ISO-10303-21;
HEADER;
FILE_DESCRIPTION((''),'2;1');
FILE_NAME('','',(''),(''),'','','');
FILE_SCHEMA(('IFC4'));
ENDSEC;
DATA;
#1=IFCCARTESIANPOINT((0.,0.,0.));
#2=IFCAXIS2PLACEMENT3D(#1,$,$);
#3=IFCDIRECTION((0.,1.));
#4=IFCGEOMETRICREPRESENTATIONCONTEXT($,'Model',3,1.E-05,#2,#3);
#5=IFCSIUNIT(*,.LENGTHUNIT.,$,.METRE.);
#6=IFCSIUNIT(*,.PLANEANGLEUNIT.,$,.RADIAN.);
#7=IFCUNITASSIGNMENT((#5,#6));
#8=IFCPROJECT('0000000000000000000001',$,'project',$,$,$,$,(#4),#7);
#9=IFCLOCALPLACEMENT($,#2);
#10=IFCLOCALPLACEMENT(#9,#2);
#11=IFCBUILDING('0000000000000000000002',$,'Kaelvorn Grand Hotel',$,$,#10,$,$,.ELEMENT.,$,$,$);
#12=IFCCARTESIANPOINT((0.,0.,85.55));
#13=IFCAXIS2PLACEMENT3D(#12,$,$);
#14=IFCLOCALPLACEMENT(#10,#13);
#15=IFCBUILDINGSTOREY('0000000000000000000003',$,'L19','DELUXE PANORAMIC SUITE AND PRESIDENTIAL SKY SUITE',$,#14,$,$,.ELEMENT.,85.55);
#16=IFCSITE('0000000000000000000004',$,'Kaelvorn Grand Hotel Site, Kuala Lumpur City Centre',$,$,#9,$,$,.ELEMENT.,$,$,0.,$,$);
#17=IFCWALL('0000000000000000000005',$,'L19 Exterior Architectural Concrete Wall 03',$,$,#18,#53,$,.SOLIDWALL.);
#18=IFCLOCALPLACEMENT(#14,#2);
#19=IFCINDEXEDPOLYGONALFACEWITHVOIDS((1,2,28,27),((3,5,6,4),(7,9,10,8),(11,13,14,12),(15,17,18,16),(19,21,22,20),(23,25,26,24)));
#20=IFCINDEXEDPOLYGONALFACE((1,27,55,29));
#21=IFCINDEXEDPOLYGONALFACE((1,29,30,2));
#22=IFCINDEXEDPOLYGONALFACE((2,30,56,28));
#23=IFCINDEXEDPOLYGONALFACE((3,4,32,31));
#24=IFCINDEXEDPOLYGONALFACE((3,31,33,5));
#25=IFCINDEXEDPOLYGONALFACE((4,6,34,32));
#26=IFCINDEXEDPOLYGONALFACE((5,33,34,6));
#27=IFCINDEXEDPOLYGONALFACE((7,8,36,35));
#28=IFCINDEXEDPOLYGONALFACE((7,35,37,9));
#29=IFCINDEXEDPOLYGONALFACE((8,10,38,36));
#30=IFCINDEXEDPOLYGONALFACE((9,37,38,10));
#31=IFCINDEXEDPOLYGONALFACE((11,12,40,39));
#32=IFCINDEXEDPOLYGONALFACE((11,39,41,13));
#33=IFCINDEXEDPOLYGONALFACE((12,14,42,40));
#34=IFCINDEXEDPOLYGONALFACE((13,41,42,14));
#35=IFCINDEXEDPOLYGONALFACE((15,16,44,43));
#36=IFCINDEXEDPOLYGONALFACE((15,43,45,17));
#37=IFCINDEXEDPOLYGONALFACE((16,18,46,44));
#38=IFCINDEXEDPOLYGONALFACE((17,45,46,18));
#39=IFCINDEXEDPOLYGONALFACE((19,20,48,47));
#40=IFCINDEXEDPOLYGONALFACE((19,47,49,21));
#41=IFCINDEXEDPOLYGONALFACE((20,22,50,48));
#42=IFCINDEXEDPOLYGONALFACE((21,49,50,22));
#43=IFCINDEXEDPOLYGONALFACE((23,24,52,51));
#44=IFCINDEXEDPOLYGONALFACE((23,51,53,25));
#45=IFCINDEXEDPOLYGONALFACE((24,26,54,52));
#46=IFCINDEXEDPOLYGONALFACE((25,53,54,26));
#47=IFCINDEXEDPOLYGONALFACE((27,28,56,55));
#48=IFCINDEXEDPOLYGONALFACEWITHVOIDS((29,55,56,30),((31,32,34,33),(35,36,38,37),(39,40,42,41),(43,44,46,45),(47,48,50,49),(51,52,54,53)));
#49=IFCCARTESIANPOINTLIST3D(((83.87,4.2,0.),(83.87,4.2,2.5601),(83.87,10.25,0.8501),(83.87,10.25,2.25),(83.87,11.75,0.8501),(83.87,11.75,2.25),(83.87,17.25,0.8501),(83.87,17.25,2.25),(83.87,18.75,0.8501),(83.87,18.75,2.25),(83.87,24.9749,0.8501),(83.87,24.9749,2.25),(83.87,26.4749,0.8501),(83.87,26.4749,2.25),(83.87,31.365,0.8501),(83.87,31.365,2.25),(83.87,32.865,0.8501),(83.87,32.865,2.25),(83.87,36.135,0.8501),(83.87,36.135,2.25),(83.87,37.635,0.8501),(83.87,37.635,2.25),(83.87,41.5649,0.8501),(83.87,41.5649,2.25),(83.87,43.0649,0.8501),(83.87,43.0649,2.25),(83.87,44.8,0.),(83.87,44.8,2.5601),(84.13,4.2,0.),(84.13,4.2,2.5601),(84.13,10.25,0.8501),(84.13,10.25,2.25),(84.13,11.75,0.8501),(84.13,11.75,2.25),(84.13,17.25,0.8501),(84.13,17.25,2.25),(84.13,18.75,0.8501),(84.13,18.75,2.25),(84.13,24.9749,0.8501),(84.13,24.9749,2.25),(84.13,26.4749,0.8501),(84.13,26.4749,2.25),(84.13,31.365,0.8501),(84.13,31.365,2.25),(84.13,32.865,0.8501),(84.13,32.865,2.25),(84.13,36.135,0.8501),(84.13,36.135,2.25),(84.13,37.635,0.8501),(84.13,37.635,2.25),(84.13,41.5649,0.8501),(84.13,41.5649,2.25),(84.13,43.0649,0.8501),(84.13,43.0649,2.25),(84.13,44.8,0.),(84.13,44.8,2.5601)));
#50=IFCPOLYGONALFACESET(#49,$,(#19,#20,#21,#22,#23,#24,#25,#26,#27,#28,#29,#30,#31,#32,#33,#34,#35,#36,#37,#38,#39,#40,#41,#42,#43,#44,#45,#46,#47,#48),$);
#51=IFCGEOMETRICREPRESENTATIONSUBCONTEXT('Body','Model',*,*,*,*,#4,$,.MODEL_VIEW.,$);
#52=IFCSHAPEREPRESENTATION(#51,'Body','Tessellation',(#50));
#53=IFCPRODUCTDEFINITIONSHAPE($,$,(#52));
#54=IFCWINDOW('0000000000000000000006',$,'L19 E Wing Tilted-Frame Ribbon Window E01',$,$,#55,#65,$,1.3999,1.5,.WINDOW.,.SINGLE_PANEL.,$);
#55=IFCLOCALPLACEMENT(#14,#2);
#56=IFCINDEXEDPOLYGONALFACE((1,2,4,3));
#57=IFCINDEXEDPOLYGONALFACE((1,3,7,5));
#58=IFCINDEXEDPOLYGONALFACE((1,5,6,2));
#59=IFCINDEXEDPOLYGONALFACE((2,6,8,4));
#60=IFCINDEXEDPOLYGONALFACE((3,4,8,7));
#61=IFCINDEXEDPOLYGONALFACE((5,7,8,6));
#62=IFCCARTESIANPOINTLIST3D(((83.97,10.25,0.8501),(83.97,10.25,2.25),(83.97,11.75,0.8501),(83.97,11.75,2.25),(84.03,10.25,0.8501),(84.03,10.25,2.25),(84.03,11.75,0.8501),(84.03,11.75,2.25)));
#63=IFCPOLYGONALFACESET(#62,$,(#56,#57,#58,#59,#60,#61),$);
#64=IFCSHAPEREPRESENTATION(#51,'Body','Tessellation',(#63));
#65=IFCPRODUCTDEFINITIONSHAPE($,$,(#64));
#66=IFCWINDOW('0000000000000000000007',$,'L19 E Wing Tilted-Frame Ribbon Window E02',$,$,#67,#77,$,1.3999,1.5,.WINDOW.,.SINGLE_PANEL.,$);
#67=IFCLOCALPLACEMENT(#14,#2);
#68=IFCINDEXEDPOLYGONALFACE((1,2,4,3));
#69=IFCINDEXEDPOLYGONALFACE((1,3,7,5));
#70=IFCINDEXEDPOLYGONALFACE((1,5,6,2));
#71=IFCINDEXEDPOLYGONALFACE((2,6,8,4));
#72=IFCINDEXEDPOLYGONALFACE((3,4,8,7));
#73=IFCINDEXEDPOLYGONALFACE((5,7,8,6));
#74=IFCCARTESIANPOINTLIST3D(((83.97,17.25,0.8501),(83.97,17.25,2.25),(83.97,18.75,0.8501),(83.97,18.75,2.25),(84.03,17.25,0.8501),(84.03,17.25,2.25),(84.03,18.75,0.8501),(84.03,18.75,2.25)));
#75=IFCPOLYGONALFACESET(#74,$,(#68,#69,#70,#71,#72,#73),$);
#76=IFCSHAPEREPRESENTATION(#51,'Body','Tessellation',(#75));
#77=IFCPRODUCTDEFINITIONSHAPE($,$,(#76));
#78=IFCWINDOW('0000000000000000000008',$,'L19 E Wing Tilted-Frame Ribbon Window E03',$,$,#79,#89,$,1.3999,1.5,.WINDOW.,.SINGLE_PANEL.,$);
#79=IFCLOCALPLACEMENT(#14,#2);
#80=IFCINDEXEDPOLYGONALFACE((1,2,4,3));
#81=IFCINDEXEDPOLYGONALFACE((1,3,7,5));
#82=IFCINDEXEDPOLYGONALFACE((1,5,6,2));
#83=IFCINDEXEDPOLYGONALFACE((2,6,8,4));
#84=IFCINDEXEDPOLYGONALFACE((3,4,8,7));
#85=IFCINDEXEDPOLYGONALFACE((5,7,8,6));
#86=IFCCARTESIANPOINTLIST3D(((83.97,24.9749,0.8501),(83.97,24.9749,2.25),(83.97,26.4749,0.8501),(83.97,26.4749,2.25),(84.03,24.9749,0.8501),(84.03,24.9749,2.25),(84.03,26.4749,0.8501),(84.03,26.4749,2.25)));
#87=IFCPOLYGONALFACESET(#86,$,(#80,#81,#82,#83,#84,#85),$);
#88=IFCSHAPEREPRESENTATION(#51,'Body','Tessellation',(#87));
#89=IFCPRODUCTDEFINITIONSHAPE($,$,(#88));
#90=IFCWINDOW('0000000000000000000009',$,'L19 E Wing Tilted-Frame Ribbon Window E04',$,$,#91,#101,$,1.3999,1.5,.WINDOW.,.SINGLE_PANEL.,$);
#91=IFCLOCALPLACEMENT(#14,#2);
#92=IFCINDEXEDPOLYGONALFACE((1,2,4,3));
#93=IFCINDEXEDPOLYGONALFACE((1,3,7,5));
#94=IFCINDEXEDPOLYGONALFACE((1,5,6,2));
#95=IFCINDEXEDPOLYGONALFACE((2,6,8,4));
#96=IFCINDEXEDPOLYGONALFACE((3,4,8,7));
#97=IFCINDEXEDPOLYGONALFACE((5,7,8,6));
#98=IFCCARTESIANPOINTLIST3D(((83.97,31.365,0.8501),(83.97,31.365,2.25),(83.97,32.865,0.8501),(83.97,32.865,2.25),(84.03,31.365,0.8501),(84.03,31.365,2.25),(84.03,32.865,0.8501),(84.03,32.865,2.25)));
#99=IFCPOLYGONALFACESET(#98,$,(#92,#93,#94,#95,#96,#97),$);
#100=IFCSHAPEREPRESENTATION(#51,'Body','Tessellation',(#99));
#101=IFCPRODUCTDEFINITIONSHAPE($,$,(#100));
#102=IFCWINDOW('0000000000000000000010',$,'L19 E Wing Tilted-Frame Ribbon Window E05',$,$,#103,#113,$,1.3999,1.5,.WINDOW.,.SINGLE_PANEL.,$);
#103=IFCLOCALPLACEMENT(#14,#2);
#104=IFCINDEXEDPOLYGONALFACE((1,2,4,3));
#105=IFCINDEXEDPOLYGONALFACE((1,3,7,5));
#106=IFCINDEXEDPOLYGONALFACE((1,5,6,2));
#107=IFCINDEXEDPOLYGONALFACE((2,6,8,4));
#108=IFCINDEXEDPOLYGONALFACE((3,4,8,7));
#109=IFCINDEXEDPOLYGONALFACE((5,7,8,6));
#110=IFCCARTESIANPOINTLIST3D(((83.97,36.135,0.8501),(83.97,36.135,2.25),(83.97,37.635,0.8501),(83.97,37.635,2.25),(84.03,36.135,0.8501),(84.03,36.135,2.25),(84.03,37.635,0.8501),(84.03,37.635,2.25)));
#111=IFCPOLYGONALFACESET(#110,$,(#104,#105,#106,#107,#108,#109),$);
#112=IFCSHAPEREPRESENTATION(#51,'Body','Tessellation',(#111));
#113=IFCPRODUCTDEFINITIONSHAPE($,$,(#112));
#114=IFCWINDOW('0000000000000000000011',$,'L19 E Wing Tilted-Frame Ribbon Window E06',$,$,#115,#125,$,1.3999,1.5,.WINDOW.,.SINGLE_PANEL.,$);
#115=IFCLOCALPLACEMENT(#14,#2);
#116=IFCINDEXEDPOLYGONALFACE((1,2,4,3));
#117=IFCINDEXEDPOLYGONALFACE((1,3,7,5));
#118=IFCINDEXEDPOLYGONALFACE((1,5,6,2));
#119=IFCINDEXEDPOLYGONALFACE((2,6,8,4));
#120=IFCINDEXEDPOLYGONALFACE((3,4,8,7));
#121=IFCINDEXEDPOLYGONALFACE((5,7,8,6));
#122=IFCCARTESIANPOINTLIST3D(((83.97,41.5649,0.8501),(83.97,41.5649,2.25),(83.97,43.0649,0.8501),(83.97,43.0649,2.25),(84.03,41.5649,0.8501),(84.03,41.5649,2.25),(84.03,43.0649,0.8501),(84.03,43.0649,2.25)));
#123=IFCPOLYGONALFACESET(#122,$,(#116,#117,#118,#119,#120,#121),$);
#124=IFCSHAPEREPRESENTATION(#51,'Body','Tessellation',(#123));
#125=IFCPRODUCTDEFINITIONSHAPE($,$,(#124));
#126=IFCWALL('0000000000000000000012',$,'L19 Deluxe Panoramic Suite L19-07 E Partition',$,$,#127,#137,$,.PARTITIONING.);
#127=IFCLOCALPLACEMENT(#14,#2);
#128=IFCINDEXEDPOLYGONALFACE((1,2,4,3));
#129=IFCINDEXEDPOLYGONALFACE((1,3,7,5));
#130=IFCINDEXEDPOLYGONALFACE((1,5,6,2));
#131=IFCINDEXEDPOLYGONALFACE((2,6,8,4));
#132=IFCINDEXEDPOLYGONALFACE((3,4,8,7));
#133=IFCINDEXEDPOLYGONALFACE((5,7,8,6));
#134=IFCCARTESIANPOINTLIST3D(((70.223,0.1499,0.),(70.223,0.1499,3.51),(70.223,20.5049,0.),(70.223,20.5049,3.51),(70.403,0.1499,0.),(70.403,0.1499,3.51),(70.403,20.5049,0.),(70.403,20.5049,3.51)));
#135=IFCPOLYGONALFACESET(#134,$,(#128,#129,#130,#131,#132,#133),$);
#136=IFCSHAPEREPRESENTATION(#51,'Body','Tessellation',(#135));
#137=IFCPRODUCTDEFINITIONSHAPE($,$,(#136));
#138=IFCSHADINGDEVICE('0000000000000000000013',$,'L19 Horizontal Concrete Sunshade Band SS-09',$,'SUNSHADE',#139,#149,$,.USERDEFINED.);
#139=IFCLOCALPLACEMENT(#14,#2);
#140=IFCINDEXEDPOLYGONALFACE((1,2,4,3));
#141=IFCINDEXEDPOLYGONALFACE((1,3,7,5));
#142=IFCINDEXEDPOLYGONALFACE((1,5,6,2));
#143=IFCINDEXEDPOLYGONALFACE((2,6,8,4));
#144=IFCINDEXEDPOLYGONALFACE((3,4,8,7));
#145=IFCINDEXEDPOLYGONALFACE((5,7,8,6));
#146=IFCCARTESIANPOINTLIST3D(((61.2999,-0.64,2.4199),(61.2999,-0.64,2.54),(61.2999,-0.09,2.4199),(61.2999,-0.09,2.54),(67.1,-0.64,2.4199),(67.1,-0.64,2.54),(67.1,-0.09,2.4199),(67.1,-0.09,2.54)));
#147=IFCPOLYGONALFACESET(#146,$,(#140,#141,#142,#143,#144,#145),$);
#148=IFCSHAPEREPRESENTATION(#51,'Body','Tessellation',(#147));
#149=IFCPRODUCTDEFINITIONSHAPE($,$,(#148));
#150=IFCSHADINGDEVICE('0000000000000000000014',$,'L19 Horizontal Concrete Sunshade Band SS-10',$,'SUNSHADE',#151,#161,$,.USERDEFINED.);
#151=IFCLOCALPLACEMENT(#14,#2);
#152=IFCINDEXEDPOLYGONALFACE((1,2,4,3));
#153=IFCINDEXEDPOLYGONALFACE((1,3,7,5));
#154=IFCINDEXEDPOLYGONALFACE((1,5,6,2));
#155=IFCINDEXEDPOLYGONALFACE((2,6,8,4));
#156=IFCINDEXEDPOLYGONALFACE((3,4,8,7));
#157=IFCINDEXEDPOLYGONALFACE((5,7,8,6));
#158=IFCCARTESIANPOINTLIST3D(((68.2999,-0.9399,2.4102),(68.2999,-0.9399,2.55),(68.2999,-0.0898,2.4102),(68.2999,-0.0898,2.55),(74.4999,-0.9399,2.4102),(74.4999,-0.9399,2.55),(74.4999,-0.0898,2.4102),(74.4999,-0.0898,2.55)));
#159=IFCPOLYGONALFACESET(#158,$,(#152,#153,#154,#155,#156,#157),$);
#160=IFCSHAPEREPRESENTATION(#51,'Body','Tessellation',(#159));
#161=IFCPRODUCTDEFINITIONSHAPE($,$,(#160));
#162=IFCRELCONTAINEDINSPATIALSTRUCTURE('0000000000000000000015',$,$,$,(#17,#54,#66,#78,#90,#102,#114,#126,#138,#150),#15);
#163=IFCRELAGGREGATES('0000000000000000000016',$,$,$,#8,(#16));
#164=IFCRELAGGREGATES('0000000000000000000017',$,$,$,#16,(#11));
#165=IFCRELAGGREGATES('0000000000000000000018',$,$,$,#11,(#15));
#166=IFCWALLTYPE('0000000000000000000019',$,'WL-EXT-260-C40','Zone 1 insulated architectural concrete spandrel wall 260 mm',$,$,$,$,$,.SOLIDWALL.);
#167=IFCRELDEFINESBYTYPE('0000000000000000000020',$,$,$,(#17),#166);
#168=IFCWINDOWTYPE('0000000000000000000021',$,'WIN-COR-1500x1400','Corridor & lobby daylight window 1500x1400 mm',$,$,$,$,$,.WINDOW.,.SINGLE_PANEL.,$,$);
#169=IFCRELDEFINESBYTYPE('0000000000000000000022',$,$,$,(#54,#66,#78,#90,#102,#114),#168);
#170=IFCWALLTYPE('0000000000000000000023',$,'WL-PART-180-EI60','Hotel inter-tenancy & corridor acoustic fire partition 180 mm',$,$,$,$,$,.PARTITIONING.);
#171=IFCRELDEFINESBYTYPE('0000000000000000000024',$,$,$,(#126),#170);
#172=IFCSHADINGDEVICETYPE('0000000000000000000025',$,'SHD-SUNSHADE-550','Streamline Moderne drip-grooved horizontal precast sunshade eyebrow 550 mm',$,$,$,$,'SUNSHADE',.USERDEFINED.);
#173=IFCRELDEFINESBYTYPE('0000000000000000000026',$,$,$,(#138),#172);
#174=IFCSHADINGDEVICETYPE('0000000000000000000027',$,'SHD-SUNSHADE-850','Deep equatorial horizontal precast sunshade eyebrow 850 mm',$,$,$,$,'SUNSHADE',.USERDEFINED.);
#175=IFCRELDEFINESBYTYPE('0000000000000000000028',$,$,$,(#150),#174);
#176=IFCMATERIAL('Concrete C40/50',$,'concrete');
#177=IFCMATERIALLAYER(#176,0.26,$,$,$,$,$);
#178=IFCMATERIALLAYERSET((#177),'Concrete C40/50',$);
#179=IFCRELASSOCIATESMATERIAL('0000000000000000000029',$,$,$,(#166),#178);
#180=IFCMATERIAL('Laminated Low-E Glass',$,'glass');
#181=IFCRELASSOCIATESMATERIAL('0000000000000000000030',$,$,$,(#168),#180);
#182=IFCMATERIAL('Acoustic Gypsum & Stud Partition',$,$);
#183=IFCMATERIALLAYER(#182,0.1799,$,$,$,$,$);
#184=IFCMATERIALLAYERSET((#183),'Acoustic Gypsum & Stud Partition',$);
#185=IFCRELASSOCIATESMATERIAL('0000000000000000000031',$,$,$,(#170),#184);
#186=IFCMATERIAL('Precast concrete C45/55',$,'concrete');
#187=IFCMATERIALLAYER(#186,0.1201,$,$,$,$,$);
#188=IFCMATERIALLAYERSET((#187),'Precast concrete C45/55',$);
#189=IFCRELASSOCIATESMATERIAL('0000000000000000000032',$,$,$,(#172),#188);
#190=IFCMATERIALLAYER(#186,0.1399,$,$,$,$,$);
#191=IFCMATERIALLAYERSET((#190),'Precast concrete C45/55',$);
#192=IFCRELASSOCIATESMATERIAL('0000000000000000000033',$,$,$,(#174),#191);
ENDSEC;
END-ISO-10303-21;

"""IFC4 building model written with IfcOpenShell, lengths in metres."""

from ifc_helpers import new_model, si_unit, direction, frame, frame_2d, origin, origin_2d, place, context, subcontext, project, spatial, rectangle, extrude, material, layer, layer_set, type_object, element, fill, save


model = new_model("IFC4")

# Units and contexts
model_context = context("Model", 3, precision=1e-05, world=origin(), true_north=direction((0.0, 1.0)))
body_context = subcontext(model_context, "Body", "Model", "MODEL_VIEW")
ifc_project = project(units=[si_unit("LENGTHUNIT", "METRE"), si_unit("PLANEANGLEUNIT", "RADIAN")], contexts=[model_context])

# Site, building, storey
site_placement = place(None, origin())
site = spatial("IfcSite", under=ifc_project, at=site_placement, Name="Kaelvorn Grand Hotel Site, Kuala Lumpur City Centre", CompositionType="ELEMENT", RefElevation=0.0)
building_placement = place(site_placement, origin())
building = spatial("IfcBuilding", under=site, at=building_placement, Name="Kaelvorn Grand Hotel", CompositionType="ELEMENT")
storey_placement = place(building_placement, frame((0.0, 0.0, 85.55)))
storey = spatial("IfcBuildingStorey", under=building, at=storey_placement, Name="L19", Description="DELUXE PANORAMIC SUITE AND PRESIDENTIAL SKY SUITE", CompositionType="ELEMENT", Elevation=85.55)

# Shared definitions
ifc_material_1 = material(Name="Concrete C40/50", Category="concrete")

# Shared definitions
ifc_material_2 = material(Name="Precast concrete C45/55", Category="concrete")

# Shared definitions
ifc_layer_1 = layer(ifc_material_1, 0.26)
ifc_layer_set_1 = layer_set([ifc_layer_1], Name="Concrete C40/50")
wall_type_1 = type_object("IfcWallType", Name="WL-EXT-260-C40", Description="Zone 1 insulated architectural concrete spandrel wall 260 mm", PredefinedType="SOLIDWALL", material=ifc_layer_set_1)

# Wall, openings, windows
wall_1_placement = place(storey_placement, frame((84.0, 4.2, 0.0), z_axis=(0.0, 0.0, 1.0), x_axis=(0.0, 1.0, 0.0)))
wall_1 = element("IfcWall", 1, at=wall_1_placement, inside=storey, type_object=wall_type_1, Name="L19 Exterior Architectural Concrete Wall 03", PredefinedType="SOLIDWALL", context=body_context, shape_type="SweptSolid", body=[
    extrude(rectangle(XDim=40.6001, YDim=0.26, at=frame_2d((20.3, 0.0))), origin(), (0.0, 0.0, 1.0), 2.5601),
])
opening_1_placement = place(wall_1_placement, frame((6.05, 0.0, 0.8501)))
opening_1 = element("IfcOpeningElement", 2, at=opening_1_placement, cuts=wall_1, PredefinedType="OPENING", context=body_context, shape_type="SweptSolid", body=[
    extrude(rectangle(XDim=1.5, YDim=1.3999, at=frame_2d((0.75, 0.7))), frame((0.0, 0.1401, 0.0), z_axis=(0.0, -1.0, 0.0), x_axis=(1.0, 0.0, 0.0)), (0.0, 0.0, 1.0), 0.28),
])
opening_2_placement = place(wall_1_placement, frame((13.05, 0.0, 0.8501)))
opening_2 = element("IfcOpeningElement", 3, at=opening_2_placement, cuts=wall_1, PredefinedType="OPENING", context=body_context, shape_type="SweptSolid", body=[
    extrude(rectangle(XDim=1.5, YDim=1.3999, at=frame_2d((0.75, 0.7))), frame((0.0, 0.1401, 0.0), z_axis=(0.0, -1.0, 0.0), x_axis=(1.0, 0.0, 0.0)), (0.0, 0.0, 1.0), 0.28),
])
opening_3_placement = place(wall_1_placement, frame((20.7749, 0.0, 0.8501)))
opening_3 = element("IfcOpeningElement", 4, at=opening_3_placement, cuts=wall_1, PredefinedType="OPENING", context=body_context, shape_type="SweptSolid", body=[
    extrude(rectangle(XDim=1.5, YDim=1.3999, at=frame_2d((0.75, 0.7))), frame((0.0, 0.1401, 0.0), z_axis=(0.0, -1.0, 0.0), x_axis=(1.0, 0.0, 0.0)), (0.0, 0.0, 1.0), 0.28),
])
opening_4_placement = place(wall_1_placement, frame((27.165, 0.0, 0.8501)))
opening_4 = element("IfcOpeningElement", 5, at=opening_4_placement, cuts=wall_1, PredefinedType="OPENING", context=body_context, shape_type="SweptSolid", body=[
    extrude(rectangle(XDim=1.5, YDim=1.3999, at=frame_2d((0.75, 0.7))), frame((0.0, 0.1401, 0.0), z_axis=(0.0, -1.0, 0.0), x_axis=(1.0, 0.0, 0.0)), (0.0, 0.0, 1.0), 0.28),
])
opening_5_placement = place(wall_1_placement, frame((31.9351, 0.0, 0.8501)))
opening_5 = element("IfcOpeningElement", 6, at=opening_5_placement, cuts=wall_1, PredefinedType="OPENING", context=body_context, shape_type="SweptSolid", body=[
    extrude(rectangle(XDim=1.5, YDim=1.3999, at=frame_2d((0.75, 0.7))), frame((0.0, 0.1401, 0.0), z_axis=(0.0, -1.0, 0.0), x_axis=(1.0, 0.0, 0.0)), (0.0, 0.0, 1.0), 0.28),
])
opening_6_placement = place(wall_1_placement, frame((37.365, 0.0, 0.8501)))
opening_6 = element("IfcOpeningElement", 7, at=opening_6_placement, cuts=wall_1, PredefinedType="OPENING", context=body_context, shape_type="SweptSolid", body=[
    extrude(rectangle(XDim=1.5, YDim=1.3999, at=frame_2d((0.75, 0.7))), frame((0.0, 0.1401, 0.0), z_axis=(0.0, -1.0, 0.0), x_axis=(1.0, 0.0, 0.0)), (0.0, 0.0, 1.0), 0.28),
])
ifc_material_3 = material(Name="Laminated Low-E Glass", Category="glass")
window_type = type_object("IfcWindowType", Name="WIN-COR-1500x1400", Description="Corridor & lobby daylight window 1500x1400 mm", PartitioningType="SINGLE_PANEL", PredefinedType="WINDOW", material=ifc_material_3)
window_1_placement = place(opening_1_placement, origin())
window_1 = element("IfcWindow", 8, at=window_1_placement, inside=storey, type_object=window_type, Name="L19 E Wing Tilted-Frame Ribbon Window E01", OverallHeight=1.3999, OverallWidth=1.5, PartitioningType="SINGLE_PANEL", PredefinedType="WINDOW", context=body_context, shape_type="SweptSolid", body=[
    extrude(rectangle(XDim=1.5, YDim=1.3999, at=frame_2d((0.75, 0.7))), frame((0.0, 0.03, 0.0), z_axis=(0.0, -1.0, 0.0), x_axis=(1.0, 0.0, 0.0)), (0.0, 0.0, 1.0), 0.0601),
])
fill(opening_1, window_1)
window_2_placement = place(opening_2_placement, origin())
window_2 = element("IfcWindow", 9, at=window_2_placement, inside=storey, type_object=window_type, Name="L19 E Wing Tilted-Frame Ribbon Window E02", OverallHeight=1.3999, OverallWidth=1.5, PartitioningType="SINGLE_PANEL", PredefinedType="WINDOW", context=body_context, shape_type="SweptSolid", body=[
    extrude(rectangle(XDim=1.5, YDim=1.3999, at=frame_2d((0.75, 0.7))), frame((0.0, 0.03, 0.0), z_axis=(0.0, -1.0, 0.0), x_axis=(1.0, 0.0, 0.0)), (0.0, 0.0, 1.0), 0.0601),
])
fill(opening_2, window_2)
window_3_placement = place(opening_3_placement, origin())
window_3 = element("IfcWindow", 10, at=window_3_placement, inside=storey, type_object=window_type, Name="L19 E Wing Tilted-Frame Ribbon Window E03", OverallHeight=1.3999, OverallWidth=1.5, PartitioningType="SINGLE_PANEL", PredefinedType="WINDOW", context=body_context, shape_type="SweptSolid", body=[
    extrude(rectangle(XDim=1.5, YDim=1.3999, at=frame_2d((0.75, 0.7))), frame((0.0, 0.03, 0.0), z_axis=(0.0, -1.0, 0.0), x_axis=(1.0, 0.0, 0.0)), (0.0, 0.0, 1.0), 0.0601),
])
fill(opening_3, window_3)
window_4_placement = place(opening_4_placement, origin())
window_4 = element("IfcWindow", 11, at=window_4_placement, inside=storey, type_object=window_type, Name="L19 E Wing Tilted-Frame Ribbon Window E04", OverallHeight=1.3999, OverallWidth=1.5, PartitioningType="SINGLE_PANEL", PredefinedType="WINDOW", context=body_context, shape_type="SweptSolid", body=[
    extrude(rectangle(XDim=1.5, YDim=1.3999, at=frame_2d((0.75, 0.7))), frame((0.0, 0.03, 0.0), z_axis=(0.0, -1.0, 0.0), x_axis=(1.0, 0.0, 0.0)), (0.0, 0.0, 1.0), 0.0601),
])
fill(opening_4, window_4)
window_5_placement = place(opening_5_placement, origin())
window_5 = element("IfcWindow", 12, at=window_5_placement, inside=storey, type_object=window_type, Name="L19 E Wing Tilted-Frame Ribbon Window E05", OverallHeight=1.3999, OverallWidth=1.5, PartitioningType="SINGLE_PANEL", PredefinedType="WINDOW", context=body_context, shape_type="SweptSolid", body=[
    extrude(rectangle(XDim=1.5, YDim=1.3999, at=frame_2d((0.75, 0.7))), frame((0.0, 0.03, 0.0), z_axis=(0.0, -1.0, 0.0), x_axis=(1.0, 0.0, 0.0)), (0.0, 0.0, 1.0), 0.0601),
])
fill(opening_5, window_5)
window_6_placement = place(opening_6_placement, origin())
window_6 = element("IfcWindow", 13, at=window_6_placement, inside=storey, type_object=window_type, Name="L19 E Wing Tilted-Frame Ribbon Window E06", OverallHeight=1.3999, OverallWidth=1.5, PartitioningType="SINGLE_PANEL", PredefinedType="WINDOW", context=body_context, shape_type="SweptSolid", body=[
    extrude(rectangle(XDim=1.5, YDim=1.3999, at=frame_2d((0.75, 0.7))), frame((0.0, 0.03, 0.0), z_axis=(0.0, -1.0, 0.0), x_axis=(1.0, 0.0, 0.0)), (0.0, 0.0, 1.0), 0.0601),
])
fill(opening_6, window_6)

# Wall
ifc_material_4 = material(Name="Acoustic Gypsum & Stud Partition")
ifc_layer_2 = layer(ifc_material_4, 0.1799)
ifc_layer_set_2 = layer_set([ifc_layer_2], Name="Acoustic Gypsum & Stud Partition")
wall_type_2 = type_object("IfcWallType", Name="WL-PART-180-EI60", Description="Hotel inter-tenancy & corridor acoustic fire partition 180 mm", PredefinedType="PARTITIONING", material=ifc_layer_set_2)
wall_2_placement = place(storey_placement, frame((70.313, 0.1499, 0.0), z_axis=(0.0, 0.0, 1.0), x_axis=(0.0, 1.0, 0.0)))
element("IfcWall", 14, at=wall_2_placement, inside=storey, type_object=wall_type_2, Name="L19 Deluxe Panoramic Suite L19-07 E Partition", PredefinedType="PARTITIONING", context=body_context, shape_type="SweptSolid", body=[
    extrude(rectangle(XDim=20.355, YDim=0.1799, at=frame_2d((10.1775, 0.0))), origin(), (0.0, 0.0, 1.0), 3.51),
])

# Shading devices
ifc_layer_3 = layer(ifc_material_2, 0.1201)
ifc_layer_set_3 = layer_set([ifc_layer_3], Name="Precast concrete C45/55")
shading_device_type_1 = type_object("IfcShadingDeviceType", Name="SHD-SUNSHADE-550", Description="Streamline Moderne drip-grooved horizontal precast sunshade eyebrow 550 mm", ElementType="SUNSHADE", PredefinedType="USERDEFINED", material=ifc_layer_set_3)
shading_device_1_placement = place(storey_placement, frame((64.2, -0.365, 2.4199), z_axis=(0.0, 0.0, 1.0), x_axis=(1.0, 0.0, 0.0)))
element("IfcShadingDevice", 15, at=shading_device_1_placement, inside=storey, type_object=shading_device_type_1, Name="L19 Horizontal Concrete Sunshade Band SS-09", ObjectType="SUNSHADE", PredefinedType="USERDEFINED", context=body_context, shape_type="SweptSolid", body=[
    extrude(rectangle(XDim=5.8, YDim=0.55, at=origin_2d()), origin(), (0.0, 0.0, 1.0), 0.1201),
])
ifc_layer_4 = layer(ifc_material_2, 0.1399)
ifc_layer_set_4 = layer_set([ifc_layer_4], Name="Precast concrete C45/55")
shading_device_type_2 = type_object("IfcShadingDeviceType", Name="SHD-SUNSHADE-850", Description="Deep equatorial horizontal precast sunshade eyebrow 850 mm", ElementType="SUNSHADE", PredefinedType="USERDEFINED", material=ifc_layer_set_4)
shading_device_2_placement = place(storey_placement, frame((71.3999, -0.5149, 2.4102), z_axis=(0.0, 0.0, 1.0), x_axis=(1.0, 0.0, 0.0)))
element("IfcShadingDevice", 16, at=shading_device_2_placement, inside=storey, type_object=shading_device_type_2, Name="L19 Horizontal Concrete Sunshade Band SS-10", ObjectType="SUNSHADE", PredefinedType="USERDEFINED", context=body_context, shape_type="SweptSolid", body=[
    extrude(rectangle(XDim=6.2, YDim=0.8501, at=origin_2d()), origin(), (0.0, 0.0, 1.0), 0.1399),
])

save(model, "model.ifc")
